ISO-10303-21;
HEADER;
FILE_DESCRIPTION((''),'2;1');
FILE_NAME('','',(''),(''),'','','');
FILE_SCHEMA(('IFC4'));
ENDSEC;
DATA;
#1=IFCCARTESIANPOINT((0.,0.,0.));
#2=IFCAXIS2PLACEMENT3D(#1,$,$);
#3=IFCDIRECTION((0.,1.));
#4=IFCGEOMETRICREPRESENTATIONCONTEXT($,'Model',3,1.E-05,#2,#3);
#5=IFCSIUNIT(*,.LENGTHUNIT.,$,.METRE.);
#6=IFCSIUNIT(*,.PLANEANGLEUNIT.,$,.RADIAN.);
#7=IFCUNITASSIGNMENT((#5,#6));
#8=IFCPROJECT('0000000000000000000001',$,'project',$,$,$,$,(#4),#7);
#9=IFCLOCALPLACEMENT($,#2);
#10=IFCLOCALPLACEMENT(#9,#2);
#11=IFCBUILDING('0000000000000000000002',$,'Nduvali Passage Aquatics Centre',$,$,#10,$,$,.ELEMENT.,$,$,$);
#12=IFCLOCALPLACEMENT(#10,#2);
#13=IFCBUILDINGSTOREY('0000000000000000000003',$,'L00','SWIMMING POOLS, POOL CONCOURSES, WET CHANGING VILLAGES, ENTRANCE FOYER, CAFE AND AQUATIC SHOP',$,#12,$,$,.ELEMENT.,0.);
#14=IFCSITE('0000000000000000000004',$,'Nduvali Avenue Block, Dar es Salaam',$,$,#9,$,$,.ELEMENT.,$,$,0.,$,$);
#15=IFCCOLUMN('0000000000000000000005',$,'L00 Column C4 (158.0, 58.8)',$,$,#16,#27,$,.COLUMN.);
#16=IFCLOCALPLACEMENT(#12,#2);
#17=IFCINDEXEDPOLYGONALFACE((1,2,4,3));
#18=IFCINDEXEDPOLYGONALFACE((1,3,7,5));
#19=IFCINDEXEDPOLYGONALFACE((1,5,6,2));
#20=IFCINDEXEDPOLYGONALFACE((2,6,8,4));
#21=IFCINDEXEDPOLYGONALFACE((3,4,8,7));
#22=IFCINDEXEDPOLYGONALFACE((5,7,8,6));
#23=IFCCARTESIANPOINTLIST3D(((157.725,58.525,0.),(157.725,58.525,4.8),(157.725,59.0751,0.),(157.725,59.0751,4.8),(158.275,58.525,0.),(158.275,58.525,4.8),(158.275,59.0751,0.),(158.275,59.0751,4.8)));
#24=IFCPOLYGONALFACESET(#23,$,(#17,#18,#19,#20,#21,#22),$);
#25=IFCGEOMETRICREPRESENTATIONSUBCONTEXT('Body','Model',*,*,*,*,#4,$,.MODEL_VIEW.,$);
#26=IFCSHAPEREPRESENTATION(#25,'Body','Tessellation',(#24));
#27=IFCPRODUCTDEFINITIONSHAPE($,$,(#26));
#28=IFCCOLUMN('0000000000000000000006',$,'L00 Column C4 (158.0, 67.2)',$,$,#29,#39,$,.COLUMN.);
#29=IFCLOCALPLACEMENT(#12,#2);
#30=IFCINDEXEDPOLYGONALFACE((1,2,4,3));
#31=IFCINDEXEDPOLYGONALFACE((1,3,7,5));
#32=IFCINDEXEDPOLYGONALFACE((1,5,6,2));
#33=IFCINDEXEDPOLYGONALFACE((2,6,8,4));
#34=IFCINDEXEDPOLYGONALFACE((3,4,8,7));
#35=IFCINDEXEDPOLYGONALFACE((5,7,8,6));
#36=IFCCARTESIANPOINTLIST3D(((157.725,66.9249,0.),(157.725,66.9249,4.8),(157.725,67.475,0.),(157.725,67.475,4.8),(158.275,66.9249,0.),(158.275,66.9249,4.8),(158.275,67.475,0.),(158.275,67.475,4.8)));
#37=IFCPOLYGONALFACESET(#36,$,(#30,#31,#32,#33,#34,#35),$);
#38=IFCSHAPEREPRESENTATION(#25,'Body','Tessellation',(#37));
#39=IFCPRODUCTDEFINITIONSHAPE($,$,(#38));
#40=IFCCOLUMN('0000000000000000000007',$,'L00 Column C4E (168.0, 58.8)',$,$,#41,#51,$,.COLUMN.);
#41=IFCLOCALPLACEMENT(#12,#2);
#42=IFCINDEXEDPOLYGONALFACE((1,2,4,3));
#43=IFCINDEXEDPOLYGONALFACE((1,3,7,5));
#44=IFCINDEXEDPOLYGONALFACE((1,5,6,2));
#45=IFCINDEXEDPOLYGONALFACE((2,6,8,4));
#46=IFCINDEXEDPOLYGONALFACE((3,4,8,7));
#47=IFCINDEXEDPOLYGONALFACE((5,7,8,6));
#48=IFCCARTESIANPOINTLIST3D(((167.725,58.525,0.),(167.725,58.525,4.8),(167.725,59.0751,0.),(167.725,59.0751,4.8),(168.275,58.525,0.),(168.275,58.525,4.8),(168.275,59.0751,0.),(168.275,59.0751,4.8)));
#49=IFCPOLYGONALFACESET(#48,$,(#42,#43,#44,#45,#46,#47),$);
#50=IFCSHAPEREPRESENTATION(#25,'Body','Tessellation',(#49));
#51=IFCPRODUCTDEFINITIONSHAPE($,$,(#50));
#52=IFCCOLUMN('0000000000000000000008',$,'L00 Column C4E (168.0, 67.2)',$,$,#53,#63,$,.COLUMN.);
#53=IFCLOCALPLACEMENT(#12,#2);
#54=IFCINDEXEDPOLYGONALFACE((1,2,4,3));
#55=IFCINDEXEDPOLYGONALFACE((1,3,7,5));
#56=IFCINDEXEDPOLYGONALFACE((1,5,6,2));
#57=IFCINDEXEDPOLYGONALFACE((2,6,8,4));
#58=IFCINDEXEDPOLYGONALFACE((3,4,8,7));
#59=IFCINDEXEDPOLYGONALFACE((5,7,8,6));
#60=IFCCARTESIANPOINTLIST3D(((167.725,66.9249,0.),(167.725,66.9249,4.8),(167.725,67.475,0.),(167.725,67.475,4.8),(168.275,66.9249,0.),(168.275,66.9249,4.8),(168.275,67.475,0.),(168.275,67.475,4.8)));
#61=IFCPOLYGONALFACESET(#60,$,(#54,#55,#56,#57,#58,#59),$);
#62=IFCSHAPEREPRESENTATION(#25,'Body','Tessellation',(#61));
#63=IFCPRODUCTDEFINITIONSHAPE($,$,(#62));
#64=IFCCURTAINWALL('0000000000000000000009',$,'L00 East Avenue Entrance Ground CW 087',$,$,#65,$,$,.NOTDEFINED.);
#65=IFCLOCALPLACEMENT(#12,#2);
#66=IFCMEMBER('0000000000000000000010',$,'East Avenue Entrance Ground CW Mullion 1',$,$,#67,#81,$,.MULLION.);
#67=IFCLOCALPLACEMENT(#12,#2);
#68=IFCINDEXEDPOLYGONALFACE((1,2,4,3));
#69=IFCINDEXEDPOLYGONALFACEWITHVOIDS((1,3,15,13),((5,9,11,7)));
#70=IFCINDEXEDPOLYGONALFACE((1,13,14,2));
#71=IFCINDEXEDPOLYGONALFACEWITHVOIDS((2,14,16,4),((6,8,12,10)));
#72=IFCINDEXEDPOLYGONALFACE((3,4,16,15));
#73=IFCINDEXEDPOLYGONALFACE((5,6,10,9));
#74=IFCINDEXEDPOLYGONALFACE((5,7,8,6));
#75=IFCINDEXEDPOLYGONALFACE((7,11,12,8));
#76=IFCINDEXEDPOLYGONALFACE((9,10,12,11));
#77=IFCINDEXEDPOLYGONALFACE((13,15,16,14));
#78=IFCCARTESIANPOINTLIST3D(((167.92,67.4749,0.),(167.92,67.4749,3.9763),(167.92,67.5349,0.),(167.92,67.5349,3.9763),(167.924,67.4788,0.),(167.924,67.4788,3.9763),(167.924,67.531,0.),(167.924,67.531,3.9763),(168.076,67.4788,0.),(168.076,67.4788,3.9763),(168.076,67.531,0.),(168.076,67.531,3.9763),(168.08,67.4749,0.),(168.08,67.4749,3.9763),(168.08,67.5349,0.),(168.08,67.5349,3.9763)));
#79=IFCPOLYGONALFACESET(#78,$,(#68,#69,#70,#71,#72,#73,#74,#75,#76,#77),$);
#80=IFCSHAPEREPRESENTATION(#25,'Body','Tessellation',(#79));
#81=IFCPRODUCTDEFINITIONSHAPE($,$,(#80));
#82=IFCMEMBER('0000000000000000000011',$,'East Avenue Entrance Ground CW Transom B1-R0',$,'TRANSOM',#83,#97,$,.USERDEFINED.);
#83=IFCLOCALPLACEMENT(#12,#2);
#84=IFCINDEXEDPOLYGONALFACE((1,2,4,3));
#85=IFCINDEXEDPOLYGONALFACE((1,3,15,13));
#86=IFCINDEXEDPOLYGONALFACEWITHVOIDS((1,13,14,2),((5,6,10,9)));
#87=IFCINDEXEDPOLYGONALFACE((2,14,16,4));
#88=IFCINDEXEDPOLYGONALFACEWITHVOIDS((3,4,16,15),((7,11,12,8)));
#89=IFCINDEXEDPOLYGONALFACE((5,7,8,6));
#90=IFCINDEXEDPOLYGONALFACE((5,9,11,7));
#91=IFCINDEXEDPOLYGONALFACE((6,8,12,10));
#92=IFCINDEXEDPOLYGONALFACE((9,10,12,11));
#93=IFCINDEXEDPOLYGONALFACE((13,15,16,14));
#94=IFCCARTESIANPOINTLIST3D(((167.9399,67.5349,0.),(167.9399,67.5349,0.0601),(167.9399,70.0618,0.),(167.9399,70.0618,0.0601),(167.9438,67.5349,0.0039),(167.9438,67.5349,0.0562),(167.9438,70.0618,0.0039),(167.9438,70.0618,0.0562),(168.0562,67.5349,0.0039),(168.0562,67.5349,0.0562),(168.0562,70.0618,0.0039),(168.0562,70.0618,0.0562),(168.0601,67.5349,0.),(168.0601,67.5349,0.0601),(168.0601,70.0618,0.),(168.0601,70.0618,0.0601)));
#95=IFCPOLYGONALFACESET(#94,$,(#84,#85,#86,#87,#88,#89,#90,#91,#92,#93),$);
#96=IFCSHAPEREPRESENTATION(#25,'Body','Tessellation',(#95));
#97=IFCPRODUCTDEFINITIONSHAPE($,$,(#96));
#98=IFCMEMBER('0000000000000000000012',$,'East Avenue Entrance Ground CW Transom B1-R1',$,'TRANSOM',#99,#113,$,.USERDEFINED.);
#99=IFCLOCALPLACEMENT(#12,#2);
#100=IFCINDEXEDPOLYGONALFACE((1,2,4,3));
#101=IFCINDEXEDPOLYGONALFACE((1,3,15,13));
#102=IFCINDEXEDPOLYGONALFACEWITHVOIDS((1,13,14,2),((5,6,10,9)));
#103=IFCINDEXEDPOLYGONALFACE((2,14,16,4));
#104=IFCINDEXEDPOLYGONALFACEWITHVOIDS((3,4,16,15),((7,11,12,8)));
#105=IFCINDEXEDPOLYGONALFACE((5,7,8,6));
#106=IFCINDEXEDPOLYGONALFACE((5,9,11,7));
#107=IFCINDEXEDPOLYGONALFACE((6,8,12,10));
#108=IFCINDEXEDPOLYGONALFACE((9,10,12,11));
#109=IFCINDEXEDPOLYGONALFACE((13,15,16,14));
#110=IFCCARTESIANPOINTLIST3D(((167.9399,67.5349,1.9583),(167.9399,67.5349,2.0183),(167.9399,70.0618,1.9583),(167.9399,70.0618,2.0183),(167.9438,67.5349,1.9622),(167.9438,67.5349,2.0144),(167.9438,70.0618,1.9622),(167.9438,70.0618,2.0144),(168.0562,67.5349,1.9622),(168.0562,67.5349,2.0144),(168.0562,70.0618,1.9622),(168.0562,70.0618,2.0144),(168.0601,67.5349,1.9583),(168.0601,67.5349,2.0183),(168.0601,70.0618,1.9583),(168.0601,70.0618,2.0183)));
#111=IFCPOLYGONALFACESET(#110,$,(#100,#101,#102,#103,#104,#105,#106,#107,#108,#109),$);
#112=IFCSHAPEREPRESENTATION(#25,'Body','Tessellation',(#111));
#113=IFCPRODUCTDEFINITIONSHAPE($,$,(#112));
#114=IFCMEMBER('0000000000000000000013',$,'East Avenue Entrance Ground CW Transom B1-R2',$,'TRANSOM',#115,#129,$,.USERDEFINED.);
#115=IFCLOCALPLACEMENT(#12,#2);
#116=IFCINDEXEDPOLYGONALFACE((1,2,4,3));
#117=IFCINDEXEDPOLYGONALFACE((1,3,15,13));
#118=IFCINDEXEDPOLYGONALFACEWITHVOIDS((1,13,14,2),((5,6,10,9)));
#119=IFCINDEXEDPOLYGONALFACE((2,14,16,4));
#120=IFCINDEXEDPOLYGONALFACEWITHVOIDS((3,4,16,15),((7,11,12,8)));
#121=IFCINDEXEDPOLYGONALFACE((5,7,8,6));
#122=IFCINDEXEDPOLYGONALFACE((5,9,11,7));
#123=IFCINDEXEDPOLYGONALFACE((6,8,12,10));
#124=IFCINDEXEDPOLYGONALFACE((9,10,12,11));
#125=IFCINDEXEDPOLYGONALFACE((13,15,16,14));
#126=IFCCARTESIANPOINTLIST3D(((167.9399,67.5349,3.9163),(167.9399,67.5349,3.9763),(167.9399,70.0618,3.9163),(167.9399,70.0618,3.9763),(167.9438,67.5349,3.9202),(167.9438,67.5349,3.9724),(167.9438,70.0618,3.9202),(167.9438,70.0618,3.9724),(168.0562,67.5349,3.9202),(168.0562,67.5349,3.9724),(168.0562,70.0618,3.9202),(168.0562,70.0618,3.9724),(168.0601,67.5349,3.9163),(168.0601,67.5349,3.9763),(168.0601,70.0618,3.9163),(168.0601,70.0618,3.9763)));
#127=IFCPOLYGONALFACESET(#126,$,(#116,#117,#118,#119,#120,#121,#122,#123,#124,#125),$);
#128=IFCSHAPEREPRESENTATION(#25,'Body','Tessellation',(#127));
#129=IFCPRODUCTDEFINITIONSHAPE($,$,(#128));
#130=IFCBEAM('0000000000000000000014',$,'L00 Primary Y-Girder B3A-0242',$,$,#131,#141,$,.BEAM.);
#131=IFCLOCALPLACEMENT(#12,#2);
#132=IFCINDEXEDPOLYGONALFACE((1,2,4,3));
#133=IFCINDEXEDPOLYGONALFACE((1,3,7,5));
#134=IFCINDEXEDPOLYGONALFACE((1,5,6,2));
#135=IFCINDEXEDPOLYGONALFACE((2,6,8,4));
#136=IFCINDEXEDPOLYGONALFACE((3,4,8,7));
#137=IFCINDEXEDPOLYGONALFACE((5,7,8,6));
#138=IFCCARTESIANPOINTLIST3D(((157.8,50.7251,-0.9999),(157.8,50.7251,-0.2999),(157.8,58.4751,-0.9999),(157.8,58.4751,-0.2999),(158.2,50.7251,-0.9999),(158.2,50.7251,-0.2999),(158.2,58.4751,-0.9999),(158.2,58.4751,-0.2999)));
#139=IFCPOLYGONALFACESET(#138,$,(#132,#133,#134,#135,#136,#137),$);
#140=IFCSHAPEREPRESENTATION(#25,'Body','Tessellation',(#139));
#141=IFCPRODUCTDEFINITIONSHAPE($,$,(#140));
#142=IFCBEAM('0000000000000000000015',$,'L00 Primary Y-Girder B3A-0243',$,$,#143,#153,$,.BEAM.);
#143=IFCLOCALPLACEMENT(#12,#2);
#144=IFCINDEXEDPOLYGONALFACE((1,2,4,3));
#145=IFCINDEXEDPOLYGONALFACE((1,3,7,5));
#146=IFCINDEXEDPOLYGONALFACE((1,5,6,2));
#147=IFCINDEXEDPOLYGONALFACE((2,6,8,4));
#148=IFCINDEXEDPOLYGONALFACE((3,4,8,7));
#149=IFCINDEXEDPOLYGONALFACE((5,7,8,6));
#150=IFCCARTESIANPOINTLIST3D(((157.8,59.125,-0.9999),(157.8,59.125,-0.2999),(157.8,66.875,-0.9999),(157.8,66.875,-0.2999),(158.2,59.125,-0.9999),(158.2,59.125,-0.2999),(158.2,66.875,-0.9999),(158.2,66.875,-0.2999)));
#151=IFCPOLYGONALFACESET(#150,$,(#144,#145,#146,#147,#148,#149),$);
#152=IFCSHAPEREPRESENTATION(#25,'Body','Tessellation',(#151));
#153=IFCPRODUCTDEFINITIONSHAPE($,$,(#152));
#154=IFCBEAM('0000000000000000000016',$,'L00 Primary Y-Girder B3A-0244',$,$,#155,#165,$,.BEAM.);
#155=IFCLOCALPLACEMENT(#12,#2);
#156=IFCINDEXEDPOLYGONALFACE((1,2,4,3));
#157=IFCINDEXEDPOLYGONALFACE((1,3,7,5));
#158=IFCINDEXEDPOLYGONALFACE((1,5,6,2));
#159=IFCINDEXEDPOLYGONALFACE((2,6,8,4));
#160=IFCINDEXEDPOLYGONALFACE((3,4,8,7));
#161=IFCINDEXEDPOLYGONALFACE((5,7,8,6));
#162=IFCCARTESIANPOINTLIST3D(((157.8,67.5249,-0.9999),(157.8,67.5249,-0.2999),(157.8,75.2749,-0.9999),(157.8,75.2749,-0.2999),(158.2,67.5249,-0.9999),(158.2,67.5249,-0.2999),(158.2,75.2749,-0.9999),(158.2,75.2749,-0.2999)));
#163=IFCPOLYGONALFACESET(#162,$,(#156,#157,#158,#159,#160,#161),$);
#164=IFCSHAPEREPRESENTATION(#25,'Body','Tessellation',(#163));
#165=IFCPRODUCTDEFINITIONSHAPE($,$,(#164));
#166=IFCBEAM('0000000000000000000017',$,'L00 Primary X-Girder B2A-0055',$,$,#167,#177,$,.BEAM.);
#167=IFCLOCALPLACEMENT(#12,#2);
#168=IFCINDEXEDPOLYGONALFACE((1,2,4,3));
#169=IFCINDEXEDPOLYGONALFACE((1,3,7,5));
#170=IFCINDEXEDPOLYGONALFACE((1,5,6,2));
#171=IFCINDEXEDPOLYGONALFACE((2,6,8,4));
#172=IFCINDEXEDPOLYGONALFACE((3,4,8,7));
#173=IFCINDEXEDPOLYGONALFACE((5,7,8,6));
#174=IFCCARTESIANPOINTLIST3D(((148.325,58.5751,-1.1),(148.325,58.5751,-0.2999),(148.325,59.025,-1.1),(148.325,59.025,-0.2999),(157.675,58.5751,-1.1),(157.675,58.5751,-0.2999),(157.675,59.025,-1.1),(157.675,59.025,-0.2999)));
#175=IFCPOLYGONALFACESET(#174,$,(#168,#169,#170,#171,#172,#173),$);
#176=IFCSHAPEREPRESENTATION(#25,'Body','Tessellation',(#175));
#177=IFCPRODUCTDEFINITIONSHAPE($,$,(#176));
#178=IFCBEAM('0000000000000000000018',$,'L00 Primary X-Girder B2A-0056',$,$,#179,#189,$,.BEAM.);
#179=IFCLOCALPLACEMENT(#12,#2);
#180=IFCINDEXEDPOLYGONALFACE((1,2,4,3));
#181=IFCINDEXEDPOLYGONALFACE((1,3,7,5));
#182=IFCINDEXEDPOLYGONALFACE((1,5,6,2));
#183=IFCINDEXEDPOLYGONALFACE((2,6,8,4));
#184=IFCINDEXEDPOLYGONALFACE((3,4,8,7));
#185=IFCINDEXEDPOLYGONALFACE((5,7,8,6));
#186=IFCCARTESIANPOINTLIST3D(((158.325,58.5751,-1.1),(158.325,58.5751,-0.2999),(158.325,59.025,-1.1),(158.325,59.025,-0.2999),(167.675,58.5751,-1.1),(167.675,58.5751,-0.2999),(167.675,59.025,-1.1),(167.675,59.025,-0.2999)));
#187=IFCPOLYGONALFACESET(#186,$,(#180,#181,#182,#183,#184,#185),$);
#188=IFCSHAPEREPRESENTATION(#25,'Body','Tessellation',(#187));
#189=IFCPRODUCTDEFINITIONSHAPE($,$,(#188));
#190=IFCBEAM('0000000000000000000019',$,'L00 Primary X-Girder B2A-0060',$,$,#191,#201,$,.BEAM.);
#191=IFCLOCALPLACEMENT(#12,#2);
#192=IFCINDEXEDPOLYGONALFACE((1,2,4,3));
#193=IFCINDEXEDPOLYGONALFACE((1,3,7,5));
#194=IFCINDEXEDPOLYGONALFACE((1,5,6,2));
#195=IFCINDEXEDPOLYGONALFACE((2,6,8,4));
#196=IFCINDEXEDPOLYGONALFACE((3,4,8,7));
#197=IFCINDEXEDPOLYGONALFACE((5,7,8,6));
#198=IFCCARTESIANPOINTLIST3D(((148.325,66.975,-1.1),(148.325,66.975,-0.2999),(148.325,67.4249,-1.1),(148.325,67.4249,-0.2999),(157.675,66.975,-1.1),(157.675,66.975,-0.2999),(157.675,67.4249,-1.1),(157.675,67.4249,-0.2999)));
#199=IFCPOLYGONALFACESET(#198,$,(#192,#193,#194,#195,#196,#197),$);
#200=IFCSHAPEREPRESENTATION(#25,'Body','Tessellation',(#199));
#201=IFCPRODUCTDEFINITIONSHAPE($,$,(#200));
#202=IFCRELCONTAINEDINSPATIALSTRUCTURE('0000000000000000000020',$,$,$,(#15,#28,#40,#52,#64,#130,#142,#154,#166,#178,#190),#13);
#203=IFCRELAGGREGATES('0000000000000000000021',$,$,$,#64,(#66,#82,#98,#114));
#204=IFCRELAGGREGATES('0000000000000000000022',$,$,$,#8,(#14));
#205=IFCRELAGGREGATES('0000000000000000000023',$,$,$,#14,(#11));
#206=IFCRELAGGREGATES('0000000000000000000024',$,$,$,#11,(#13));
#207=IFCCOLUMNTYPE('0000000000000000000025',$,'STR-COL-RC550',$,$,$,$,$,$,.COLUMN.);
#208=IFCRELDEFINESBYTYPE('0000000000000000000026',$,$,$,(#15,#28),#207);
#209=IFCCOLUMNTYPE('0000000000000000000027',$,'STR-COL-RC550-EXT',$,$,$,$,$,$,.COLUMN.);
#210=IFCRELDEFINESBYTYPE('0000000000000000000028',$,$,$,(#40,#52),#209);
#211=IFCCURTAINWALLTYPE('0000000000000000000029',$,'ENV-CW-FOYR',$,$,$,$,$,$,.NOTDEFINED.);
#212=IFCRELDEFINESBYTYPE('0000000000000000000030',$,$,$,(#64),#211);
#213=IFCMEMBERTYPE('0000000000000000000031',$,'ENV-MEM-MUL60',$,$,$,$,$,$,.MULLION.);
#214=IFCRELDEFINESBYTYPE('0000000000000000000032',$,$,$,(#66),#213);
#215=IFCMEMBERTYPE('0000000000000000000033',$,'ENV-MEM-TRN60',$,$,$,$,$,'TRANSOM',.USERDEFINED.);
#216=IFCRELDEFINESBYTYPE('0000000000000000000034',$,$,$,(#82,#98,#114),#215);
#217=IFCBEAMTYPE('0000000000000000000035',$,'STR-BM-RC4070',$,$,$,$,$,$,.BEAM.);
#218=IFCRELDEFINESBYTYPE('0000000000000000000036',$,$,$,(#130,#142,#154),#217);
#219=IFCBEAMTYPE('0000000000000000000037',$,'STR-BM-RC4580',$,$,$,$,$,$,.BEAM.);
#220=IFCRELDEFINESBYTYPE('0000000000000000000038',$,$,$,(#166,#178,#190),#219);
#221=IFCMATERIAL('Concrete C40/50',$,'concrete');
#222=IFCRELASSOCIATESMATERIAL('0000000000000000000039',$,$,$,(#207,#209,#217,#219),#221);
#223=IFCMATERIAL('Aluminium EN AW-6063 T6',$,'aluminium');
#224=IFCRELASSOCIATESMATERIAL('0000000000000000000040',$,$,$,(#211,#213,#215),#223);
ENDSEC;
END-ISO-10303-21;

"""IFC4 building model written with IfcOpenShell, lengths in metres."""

from ifc_helpers import new_model, si_unit, direction, frame, origin, origin_2d, place, context, subcontext, project, spatial, rectangle, hollow_rectangle, extrude, material, material_profile, profile_set, type_object, element, aggregate, save


model = new_model("IFC4")

# Units and contexts
model_context = context("Model", 3, precision=1e-05, world=origin(), true_north=direction((0.0, 1.0)))
body_context = subcontext(model_context, "Body", "Model", "MODEL_VIEW")
ifc_project = project(units=[si_unit("LENGTHUNIT", "METRE"), si_unit("PLANEANGLEUNIT", "RADIAN")], contexts=[model_context])

# Site, building, storey
site_placement = place(None, origin())
site = spatial("IfcSite", under=ifc_project, at=site_placement, Name="Nduvali Avenue Block, Dar es Salaam", CompositionType="ELEMENT", RefElevation=0.0)
building_placement = place(site_placement, origin())
building = spatial("IfcBuilding", under=site, at=building_placement, Name="Nduvali Passage Aquatics Centre", CompositionType="ELEMENT")
storey_placement = place(building_placement, origin())
storey = spatial("IfcBuildingStorey", under=building, at=storey_placement, Name="L00", Description="SWIMMING POOLS, POOL CONCOURSES, WET CHANGING VILLAGES, ENTRANCE FOYER, CAFE AND AQUATIC SHOP", CompositionType="ELEMENT", Elevation=0.0)

# Columns
ifc_material_1 = material(Name="Concrete C40/50", Category="concrete")
ifc_material_profile_1 = material_profile(ifc_material_1, rectangle(XDim=0.55, YDim=0.55, at=origin_2d()), Name="RC 550x550")
ifc_profile_set_1 = profile_set([ifc_material_profile_1], Name="Concrete C40/50")
column_type_1 = type_object("IfcColumnType", Name="STR-COL-RC550", PredefinedType="COLUMN", material=ifc_profile_set_1)
for number, where, z_axis, x_axis, name in (
    (1, (158.0, 58.8, 0.0), (0.0, 0.0, 1.0), (1.0, 0.0, 0.0), "L00 Column C4 (158.0, 58.8)"),
    (2, (158.0, 67.2, 0.0), (0.0, 0.0, 1.0), (1.0, 0.0, 0.0), "L00 Column C4 (158.0, 67.2)"),
):
    element("IfcColumn", number, at=place(storey_placement, frame(where, z_axis=z_axis, x_axis=x_axis)), inside=storey, type_object=column_type_1, Name=name, PredefinedType="COLUMN", context=body_context, shape_type="SweptSolid", body=[
        extrude(rectangle(XDim=0.55, YDim=0.55, at=origin_2d()), origin(), (0.0, 0.0, 1.0), 4.8),
    ])
ifc_material_profile_2 = material_profile(ifc_material_1, rectangle(XDim=0.55, YDim=0.55, at=origin_2d()), Name="RC 550x550")
ifc_profile_set_2 = profile_set([ifc_material_profile_2], Name="Concrete C40/50")
column_type_2 = type_object("IfcColumnType", Name="STR-COL-RC550-EXT", PredefinedType="COLUMN", material=ifc_profile_set_2)
for number, where, z_axis, x_axis, name in (
    (3, (168.0, 58.8, 0.0), (0.0, 0.0, 1.0), (1.0, 0.0, 0.0), "L00 Column C4E (168.0, 58.8)"),
    (4, (168.0, 67.2, 0.0), (0.0, 0.0, 1.0), (1.0, 0.0, 0.0), "L00 Column C4E (168.0, 67.2)"),
):
    element("IfcColumn", number, at=place(storey_placement, frame(where, z_axis=z_axis, x_axis=x_axis)), inside=storey, type_object=column_type_2, Name=name, PredefinedType="COLUMN", context=body_context, shape_type="SweptSolid", body=[
        extrude(rectangle(XDim=0.55, YDim=0.55, at=origin_2d()), origin(), (0.0, 0.0, 1.0), 4.8),
    ])

# Curtain wall, members
ifc_material_2 = material(Name="Aluminium EN AW-6063 T6", Category="aluminium")
curtain_wall_type = type_object("IfcCurtainWallType", Name="ENV-CW-FOYR", PredefinedType="NOTDEFINED", material=ifc_material_2)
curtain_wall_placement = place(storey_placement, origin())
curtain_wall = element("IfcCurtainWall", 5, at=curtain_wall_placement, inside=storey, type_object=curtain_wall_type, Name="L00 East Avenue Entrance Ground CW 087", PredefinedType="NOTDEFINED")
ifc_material_profile_3 = material_profile(ifc_material_2, hollow_rectangle(XDim=0.0601, YDim=0.1599, WallThickness=0.0039, at=origin_2d()), Name="ALU MULLION 60x160x4")
ifc_profile_set_3 = profile_set([ifc_material_profile_3], Name="Aluminium EN AW-6063 T6")
member_type_1 = type_object("IfcMemberType", Name="ENV-MEM-MUL60", PredefinedType="MULLION", material=ifc_profile_set_3)
member_1_placement = place(storey_placement, frame((168.0, 67.5049, 0.0), z_axis=(0.0, 0.0, 1.0), x_axis=(0.0, 1.0, 0.0)))
member_1 = element("IfcMember", 6, at=member_1_placement, type_object=member_type_1, Name="East Avenue Entrance Ground CW Mullion 1", PredefinedType="MULLION", context=body_context, shape_type="SweptSolid", body=[
    extrude(hollow_rectangle(XDim=0.0601, YDim=0.1599, WallThickness=0.0039, at=origin_2d()), origin(), (0.0, 0.0, 1.0), 3.9763),
])
ifc_material_profile_4 = material_profile(ifc_material_2, hollow_rectangle(XDim=0.1201, YDim=0.0601, WallThickness=0.0039, at=origin_2d()), Name="ALU TRANSOM 120x60x4")
ifc_profile_set_4 = profile_set([ifc_material_profile_4], Name="Aluminium EN AW-6063 T6")
member_type_2 = type_object("IfcMemberType", Name="ENV-MEM-TRN60", ElementType="TRANSOM", PredefinedType="USERDEFINED", material=ifc_profile_set_4)
member_2_placement = place(storey_placement, frame((168.0, 67.5349, 0.03), z_axis=(0.0, 1.0, 0.0), x_axis=(-1.0, 0.0, 0.0)))
member_2 = element("IfcMember", 7, at=member_2_placement, type_object=member_type_2, Name="East Avenue Entrance Ground CW Transom B1-R0", ObjectType="TRANSOM", PredefinedType="USERDEFINED", context=body_context, shape_type="SweptSolid", body=[
    extrude(hollow_rectangle(XDim=0.1201, YDim=0.0601, WallThickness=0.0039, at=origin_2d()), origin(), (0.0, 0.0, 1.0), 2.5269),
])
member_3_placement = place(storey_placement, frame((168.0, 67.5349, 1.9883), z_axis=(0.0, 1.0, 0.0), x_axis=(-1.0, 0.0, 0.0)))
member_3 = element("IfcMember", 8, at=member_3_placement, type_object=member_type_2, Name="East Avenue Entrance Ground CW Transom B1-R1", ObjectType="TRANSOM", PredefinedType="USERDEFINED", context=body_context, shape_type="SweptSolid", body=[
    extrude(hollow_rectangle(XDim=0.1201, YDim=0.0601, WallThickness=0.0039, at=origin_2d()), origin(), (0.0, 0.0, 1.0), 2.5269),
])
member_4_placement = place(storey_placement, frame((168.0, 67.5349, 3.9463), z_axis=(0.0, 1.0, 0.0), x_axis=(-1.0, 0.0, 0.0)))
member_4 = element("IfcMember", 9, at=member_4_placement, type_object=member_type_2, Name="East Avenue Entrance Ground CW Transom B1-R2", ObjectType="TRANSOM", PredefinedType="USERDEFINED", context=body_context, shape_type="SweptSolid", body=[
    extrude(hollow_rectangle(XDim=0.1201, YDim=0.0601, WallThickness=0.0039, at=origin_2d()), origin(), (0.0, 0.0, 1.0), 2.5269),
])
aggregate(curtain_wall, [member_1, member_2, member_3, member_4])

# Beams
ifc_material_profile_5 = material_profile(ifc_material_1, rectangle(XDim=0.3999, YDim=0.7, at=origin_2d()), Name="RC 400x700")
ifc_profile_set_5 = profile_set([ifc_material_profile_5], Name="Concrete C40/50")
beam_type_1 = type_object("IfcBeamType", Name="STR-BM-RC4070", PredefinedType="BEAM", material=ifc_profile_set_5)
for number, where, z_axis, x_axis, name in (
    (10, (158.0, 50.7251, -0.6499), (0.0, 1.0, 0.0), (-1.0, 0.0, 0.0), "L00 Primary Y-Girder B3A-0242"),
    (11, (158.0, 59.125, -0.6499), (0.0, 1.0, 0.0), (-1.0, 0.0, 0.0), "L00 Primary Y-Girder B3A-0243"),
    (12, (158.0, 67.5249, -0.6499), (0.0, 1.0, 0.0), (-1.0, 0.0, 0.0), "L00 Primary Y-Girder B3A-0244"),
):
    element("IfcBeam", number, at=place(storey_placement, frame(where, z_axis=z_axis, x_axis=x_axis)), inside=storey, type_object=beam_type_1, Name=name, PredefinedType="BEAM", context=body_context, shape_type="SweptSolid", body=[
        extrude(rectangle(XDim=0.3999, YDim=0.7, at=origin_2d()), origin(), (0.0, 0.0, 1.0), 7.75),
    ])
ifc_material_profile_6 = material_profile(ifc_material_1, rectangle(XDim=0.45, YDim=0.8, at=origin_2d()), Name="RC 450x800")
ifc_profile_set_6 = profile_set([ifc_material_profile_6], Name="Concrete C40/50")
beam_type_2 = type_object("IfcBeamType", Name="STR-BM-RC4580", PredefinedType="BEAM", material=ifc_profile_set_6)
for number, where, z_axis, x_axis, name in (
    (13, (148.325, 58.8, -0.7), (1.0, 0.0, 0.0), (0.0, 1.0, 0.0), "L00 Primary X-Girder B2A-0055"),
    (14, (158.325, 58.8, -0.7), (1.0, 0.0, 0.0), (0.0, 1.0, 0.0), "L00 Primary X-Girder B2A-0056"),
    (15, (148.325, 67.2, -0.7), (1.0, 0.0, 0.0), (0.0, 1.0, 0.0), "L00 Primary X-Girder B2A-0060"),
):
    element("IfcBeam", number, at=place(storey_placement, frame(where, z_axis=z_axis, x_axis=x_axis)), inside=storey, type_object=beam_type_2, Name=name, PredefinedType="BEAM", context=body_context, shape_type="SweptSolid", body=[
        extrude(rectangle(XDim=0.45, YDim=0.8, at=origin_2d()), origin(), (0.0, 0.0, 1.0), 9.3501),
    ])

save(model, "model.ifc")
